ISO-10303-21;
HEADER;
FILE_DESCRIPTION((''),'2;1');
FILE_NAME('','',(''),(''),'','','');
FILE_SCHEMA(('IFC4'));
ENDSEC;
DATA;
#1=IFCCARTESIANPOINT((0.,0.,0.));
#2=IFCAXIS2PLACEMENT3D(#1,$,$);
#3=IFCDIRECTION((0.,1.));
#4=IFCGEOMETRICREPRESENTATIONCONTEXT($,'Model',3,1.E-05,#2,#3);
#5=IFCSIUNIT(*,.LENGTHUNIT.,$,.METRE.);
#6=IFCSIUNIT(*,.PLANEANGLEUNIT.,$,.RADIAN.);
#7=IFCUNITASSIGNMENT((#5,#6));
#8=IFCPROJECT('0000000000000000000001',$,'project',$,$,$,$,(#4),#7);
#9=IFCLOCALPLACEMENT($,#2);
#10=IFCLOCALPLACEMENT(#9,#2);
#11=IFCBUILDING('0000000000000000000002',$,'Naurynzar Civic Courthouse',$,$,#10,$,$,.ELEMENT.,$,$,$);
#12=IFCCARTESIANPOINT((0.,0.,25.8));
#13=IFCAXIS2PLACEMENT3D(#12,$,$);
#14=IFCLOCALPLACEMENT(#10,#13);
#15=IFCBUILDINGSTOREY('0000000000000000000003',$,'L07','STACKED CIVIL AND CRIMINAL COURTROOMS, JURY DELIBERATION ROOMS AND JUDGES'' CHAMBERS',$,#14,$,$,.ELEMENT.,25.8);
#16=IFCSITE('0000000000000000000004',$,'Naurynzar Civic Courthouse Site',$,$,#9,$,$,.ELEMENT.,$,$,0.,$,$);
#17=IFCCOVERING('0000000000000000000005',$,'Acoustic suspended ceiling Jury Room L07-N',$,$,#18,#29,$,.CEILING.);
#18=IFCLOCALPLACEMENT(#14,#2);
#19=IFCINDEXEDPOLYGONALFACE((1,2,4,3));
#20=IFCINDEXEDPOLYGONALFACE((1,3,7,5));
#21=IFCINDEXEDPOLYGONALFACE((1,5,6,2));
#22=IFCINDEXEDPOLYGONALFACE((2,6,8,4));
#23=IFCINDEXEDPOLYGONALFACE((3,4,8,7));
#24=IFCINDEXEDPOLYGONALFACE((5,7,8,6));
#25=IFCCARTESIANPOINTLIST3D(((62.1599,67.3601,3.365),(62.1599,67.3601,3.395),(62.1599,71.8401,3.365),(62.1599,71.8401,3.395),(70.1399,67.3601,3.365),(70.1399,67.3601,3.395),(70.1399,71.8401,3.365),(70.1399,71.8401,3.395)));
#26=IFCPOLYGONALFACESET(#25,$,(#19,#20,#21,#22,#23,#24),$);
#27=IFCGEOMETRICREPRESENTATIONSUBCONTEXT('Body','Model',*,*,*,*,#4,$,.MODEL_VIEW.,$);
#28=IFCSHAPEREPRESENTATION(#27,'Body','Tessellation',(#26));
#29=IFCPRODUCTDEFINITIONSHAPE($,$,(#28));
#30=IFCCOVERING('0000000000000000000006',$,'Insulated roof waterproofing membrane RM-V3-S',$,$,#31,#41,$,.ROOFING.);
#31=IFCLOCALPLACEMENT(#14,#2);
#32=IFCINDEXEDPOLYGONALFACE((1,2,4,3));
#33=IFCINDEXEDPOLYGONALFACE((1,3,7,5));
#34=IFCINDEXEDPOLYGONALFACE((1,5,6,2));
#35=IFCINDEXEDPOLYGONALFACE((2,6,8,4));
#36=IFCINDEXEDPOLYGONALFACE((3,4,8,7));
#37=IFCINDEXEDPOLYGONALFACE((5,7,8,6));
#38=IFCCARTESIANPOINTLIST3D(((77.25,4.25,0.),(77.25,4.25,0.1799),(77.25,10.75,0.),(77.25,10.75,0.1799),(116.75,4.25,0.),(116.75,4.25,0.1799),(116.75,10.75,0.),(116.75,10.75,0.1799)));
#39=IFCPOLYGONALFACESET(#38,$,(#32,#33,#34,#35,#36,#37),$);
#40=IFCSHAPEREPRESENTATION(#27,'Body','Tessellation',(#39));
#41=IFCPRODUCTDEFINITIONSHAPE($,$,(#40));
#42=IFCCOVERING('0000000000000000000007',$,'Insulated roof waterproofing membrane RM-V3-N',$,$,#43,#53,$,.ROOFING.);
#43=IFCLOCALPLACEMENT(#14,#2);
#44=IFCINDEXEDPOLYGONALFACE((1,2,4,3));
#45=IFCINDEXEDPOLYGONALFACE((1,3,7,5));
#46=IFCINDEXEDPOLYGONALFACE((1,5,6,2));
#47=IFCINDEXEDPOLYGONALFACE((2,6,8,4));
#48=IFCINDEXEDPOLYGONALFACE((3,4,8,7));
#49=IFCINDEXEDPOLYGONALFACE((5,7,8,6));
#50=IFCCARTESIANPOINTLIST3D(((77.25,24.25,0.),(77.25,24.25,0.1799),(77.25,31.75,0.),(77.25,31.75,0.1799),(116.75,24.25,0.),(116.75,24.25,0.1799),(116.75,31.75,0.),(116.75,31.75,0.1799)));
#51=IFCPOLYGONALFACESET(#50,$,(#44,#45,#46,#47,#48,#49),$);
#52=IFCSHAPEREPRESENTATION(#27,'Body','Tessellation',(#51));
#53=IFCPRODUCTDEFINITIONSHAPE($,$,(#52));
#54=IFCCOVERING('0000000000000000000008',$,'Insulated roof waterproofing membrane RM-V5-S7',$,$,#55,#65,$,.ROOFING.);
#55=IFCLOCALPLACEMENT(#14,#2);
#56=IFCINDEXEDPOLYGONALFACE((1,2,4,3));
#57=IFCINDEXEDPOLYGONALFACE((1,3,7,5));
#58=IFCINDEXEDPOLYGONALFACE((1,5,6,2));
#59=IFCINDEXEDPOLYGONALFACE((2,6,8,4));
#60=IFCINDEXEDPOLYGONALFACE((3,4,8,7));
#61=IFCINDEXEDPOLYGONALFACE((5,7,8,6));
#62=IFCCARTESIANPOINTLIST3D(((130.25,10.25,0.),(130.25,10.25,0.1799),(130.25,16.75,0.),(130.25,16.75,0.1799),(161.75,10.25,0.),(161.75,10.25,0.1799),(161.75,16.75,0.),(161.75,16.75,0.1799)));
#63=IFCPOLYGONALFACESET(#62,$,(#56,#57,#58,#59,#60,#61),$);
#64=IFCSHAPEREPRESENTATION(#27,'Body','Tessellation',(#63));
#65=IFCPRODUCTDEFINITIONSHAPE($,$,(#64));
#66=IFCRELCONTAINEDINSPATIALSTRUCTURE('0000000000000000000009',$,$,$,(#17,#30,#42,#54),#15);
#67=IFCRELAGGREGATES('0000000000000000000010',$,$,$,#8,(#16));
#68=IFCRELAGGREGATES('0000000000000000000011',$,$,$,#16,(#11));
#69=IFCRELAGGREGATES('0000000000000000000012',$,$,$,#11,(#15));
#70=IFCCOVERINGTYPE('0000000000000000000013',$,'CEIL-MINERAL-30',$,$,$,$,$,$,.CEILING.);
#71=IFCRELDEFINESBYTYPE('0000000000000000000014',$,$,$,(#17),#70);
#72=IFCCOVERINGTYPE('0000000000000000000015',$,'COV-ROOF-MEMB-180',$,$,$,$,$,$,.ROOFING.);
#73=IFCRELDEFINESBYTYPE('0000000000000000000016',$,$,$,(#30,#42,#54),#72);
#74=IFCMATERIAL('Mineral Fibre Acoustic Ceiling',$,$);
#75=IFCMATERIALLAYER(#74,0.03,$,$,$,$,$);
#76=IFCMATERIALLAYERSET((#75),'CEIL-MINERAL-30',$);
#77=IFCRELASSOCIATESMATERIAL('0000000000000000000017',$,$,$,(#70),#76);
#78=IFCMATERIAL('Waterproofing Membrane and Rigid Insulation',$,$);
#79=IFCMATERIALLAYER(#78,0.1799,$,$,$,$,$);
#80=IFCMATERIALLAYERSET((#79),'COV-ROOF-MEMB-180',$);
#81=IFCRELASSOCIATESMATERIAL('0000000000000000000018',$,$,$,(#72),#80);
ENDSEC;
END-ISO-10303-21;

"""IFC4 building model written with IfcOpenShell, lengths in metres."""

from ifc_helpers import new_model, si_unit, direction, frame, origin, place, context, subcontext, project, spatial, polyline, outline, extrude, material, layer, layer_set, type_object, element, save


model = new_model("IFC4")

# Units and contexts
model_context = context("Model", 3, precision=1e-05, world=origin(), true_north=direction((0.0, 1.0)))
body_context = subcontext(model_context, "Body", "Model", "MODEL_VIEW")
ifc_project = project(units=[si_unit("LENGTHUNIT", "METRE"), si_unit("PLANEANGLEUNIT", "RADIAN")], contexts=[model_context])

# Site, building, storey
site_placement = place(None, origin())
site = spatial("IfcSite", under=ifc_project, at=site_placement, Name="Naurynzar Civic Courthouse Site", CompositionType="ELEMENT", RefElevation=0.0)
building_placement = place(site_placement, origin())
building = spatial("IfcBuilding", under=site, at=building_placement, Name="Naurynzar Civic Courthouse", CompositionType="ELEMENT")
storey_placement = place(building_placement, frame((0.0, 0.0, 25.8)))
storey = spatial("IfcBuildingStorey", under=building, at=storey_placement, Name="L07", Description="STACKED CIVIL AND CRIMINAL COURTROOMS, JURY DELIBERATION ROOMS AND JUDGES' CHAMBERS", CompositionType="ELEMENT", Elevation=25.8)

# Coverings
ifc_material_1 = material(Name="Mineral Fibre Acoustic Ceiling")
ifc_layer_1 = layer(ifc_material_1, 0.03)
ifc_layer_set_1 = layer_set([ifc_layer_1], Name="CEIL-MINERAL-30")
covering_type_1 = type_object("IfcCoveringType", Name="CEIL-MINERAL-30", PredefinedType="CEILING", material=ifc_layer_set_1)
covering_1_placement = place(storey_placement, frame((0.0, 0.0, 3.365)))
element("IfcCovering", 1, at=covering_1_placement, inside=storey, type_object=covering_type_1, Name="Acoustic suspended ceiling Jury Room L07-N", PredefinedType="CEILING", context=body_context, shape_type="SweptSolid", body=[
    extrude(outline(polyline([(70.1399, 67.3601), (62.1599, 67.3601), (62.1599, 71.8401), (70.1399, 71.8401), (70.1399, 67.3601)])), origin(), (0.0, 0.0, 1.0), 0.03),
])
ifc_material_2 = material(Name="Waterproofing Membrane and Rigid Insulation")
ifc_layer_2 = layer(ifc_material_2, 0.1799)
ifc_layer_set_2 = layer_set([ifc_layer_2], Name="COV-ROOF-MEMB-180")
covering_type_2 = type_object("IfcCoveringType", Name="COV-ROOF-MEMB-180", PredefinedType="ROOFING", material=ifc_layer_set_2)
covering_2_placement = place(storey_placement, origin())
element("IfcCovering", 2, at=covering_2_placement, inside=storey, type_object=covering_type_2, Name="Insulated roof waterproofing membrane RM-V3-S", PredefinedType="ROOFING", context=body_context, shape_type="SweptSolid", body=[
    extrude(outline(polyline([(77.25, 4.25), (116.75, 4.25), (116.75, 10.75), (77.25, 10.75), (77.25, 4.25)])), origin(), (0.0, 0.0, 1.0), 0.1799),
])
covering_3_placement = place(storey_placement, origin())
element("IfcCovering", 3, at=covering_3_placement, inside=storey, type_object=covering_type_2, Name="Insulated roof waterproofing membrane RM-V3-N", PredefinedType="ROOFING", context=body_context, shape_type="SweptSolid", body=[
    extrude(outline(polyline([(77.25, 24.25), (116.75, 24.25), (116.75, 31.75), (77.25, 31.75), (77.25, 24.25)])), origin(), (0.0, 0.0, 1.0), 0.1799),
])
covering_4_placement = place(storey_placement, origin())
element("IfcCovering", 4, at=covering_4_placement, inside=storey, type_object=covering_type_2, Name="Insulated roof waterproofing membrane RM-V5-S7", PredefinedType="ROOFING", context=body_context, shape_type="SweptSolid", body=[
    extrude(outline(polyline([(130.25, 10.25), (161.75, 10.25), (161.75, 16.75), (130.25, 16.75), (130.25, 10.25)])), origin(), (0.0, 0.0, 1.0), 0.1799),
])

save(model, "model.ifc")
